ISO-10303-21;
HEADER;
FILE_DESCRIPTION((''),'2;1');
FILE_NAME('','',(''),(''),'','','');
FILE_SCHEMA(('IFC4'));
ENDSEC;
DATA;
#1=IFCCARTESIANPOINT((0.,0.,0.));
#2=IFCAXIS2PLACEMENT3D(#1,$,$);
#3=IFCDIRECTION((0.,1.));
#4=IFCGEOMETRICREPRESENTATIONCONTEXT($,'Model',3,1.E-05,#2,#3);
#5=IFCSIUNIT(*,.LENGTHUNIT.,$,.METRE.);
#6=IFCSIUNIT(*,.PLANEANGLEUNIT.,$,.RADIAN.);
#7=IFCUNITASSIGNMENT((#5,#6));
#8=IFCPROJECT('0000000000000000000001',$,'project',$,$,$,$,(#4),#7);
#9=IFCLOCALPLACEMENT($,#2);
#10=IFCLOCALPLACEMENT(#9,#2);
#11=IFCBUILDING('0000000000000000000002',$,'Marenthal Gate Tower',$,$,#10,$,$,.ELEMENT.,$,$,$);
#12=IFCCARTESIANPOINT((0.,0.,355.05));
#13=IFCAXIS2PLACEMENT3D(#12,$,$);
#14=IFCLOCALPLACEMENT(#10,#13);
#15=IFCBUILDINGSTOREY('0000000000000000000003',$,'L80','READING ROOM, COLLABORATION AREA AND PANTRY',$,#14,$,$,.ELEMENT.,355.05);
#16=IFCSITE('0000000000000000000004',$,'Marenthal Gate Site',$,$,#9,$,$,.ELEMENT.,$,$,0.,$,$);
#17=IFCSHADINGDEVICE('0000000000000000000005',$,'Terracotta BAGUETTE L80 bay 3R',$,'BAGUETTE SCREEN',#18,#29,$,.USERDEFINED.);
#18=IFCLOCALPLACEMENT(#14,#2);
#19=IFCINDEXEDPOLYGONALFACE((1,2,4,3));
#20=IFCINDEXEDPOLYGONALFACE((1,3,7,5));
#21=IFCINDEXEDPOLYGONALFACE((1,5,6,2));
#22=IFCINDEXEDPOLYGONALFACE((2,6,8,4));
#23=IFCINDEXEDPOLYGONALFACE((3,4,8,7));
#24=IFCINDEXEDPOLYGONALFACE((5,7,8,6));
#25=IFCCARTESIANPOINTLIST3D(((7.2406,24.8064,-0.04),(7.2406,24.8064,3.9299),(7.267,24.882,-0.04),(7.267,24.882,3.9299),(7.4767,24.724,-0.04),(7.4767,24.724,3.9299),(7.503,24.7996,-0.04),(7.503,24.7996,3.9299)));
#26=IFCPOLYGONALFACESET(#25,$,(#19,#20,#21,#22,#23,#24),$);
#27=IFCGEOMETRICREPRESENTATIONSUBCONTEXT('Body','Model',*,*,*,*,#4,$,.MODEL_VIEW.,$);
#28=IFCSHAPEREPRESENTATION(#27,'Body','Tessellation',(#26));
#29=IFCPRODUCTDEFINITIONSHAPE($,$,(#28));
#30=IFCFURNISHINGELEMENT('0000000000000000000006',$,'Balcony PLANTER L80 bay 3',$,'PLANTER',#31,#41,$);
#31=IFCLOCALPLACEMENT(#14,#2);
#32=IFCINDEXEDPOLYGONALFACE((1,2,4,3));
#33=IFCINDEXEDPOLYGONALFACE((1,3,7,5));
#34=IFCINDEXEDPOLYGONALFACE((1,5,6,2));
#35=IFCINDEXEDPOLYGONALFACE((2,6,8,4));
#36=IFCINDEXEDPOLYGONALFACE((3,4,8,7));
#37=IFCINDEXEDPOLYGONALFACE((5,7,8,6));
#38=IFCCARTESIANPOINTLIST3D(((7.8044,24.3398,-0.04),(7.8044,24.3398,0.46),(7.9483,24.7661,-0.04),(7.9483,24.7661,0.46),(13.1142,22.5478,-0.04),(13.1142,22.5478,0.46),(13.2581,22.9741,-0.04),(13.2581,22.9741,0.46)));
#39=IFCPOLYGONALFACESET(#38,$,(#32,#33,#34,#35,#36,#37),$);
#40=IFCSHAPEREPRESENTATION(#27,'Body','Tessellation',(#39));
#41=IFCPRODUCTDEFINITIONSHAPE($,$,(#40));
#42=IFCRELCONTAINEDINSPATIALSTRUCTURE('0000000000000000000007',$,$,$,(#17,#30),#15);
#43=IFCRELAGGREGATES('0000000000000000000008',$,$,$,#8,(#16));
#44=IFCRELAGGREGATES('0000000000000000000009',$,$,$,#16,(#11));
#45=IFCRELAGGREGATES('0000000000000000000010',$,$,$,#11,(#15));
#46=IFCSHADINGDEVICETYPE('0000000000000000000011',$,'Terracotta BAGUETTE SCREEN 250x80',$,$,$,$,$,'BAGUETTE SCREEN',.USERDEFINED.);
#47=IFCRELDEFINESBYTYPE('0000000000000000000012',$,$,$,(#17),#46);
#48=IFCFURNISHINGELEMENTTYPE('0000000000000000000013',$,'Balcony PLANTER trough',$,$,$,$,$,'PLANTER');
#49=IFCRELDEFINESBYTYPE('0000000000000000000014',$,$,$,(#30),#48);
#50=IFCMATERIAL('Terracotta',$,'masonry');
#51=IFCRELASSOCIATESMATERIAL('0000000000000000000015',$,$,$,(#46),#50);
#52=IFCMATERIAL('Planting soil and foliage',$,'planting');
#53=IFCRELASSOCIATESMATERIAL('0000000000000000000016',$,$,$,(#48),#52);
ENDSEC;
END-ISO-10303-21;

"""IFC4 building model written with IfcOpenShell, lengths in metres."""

from ifc_helpers import new_model, si_unit, direction, frame, origin, origin_2d, place, context, subcontext, project, spatial, rectangle, extrude, material, material_profile, profile_set, type_object, element, save


model = new_model("IFC4")

# Units and contexts
model_context = context("Model", 3, precision=1e-05, world=origin(), true_north=direction((0.0, 1.0)))
body_context = subcontext(model_context, "Body", "Model", "MODEL_VIEW")
ifc_project = project(units=[si_unit("LENGTHUNIT", "METRE"), si_unit("PLANEANGLEUNIT", "RADIAN")], contexts=[model_context])

# Site, building, storey
site_placement = place(None, origin())
site = spatial("IfcSite", under=ifc_project, at=site_placement, Name="Marenthal Gate Site", CompositionType="ELEMENT", RefElevation=0.0)
building_placement = place(site_placement, origin())
building = spatial("IfcBuilding", under=site, at=building_placement, Name="Marenthal Gate Tower", CompositionType="ELEMENT")
storey_placement = place(building_placement, frame((0.0, 0.0, 355.05)))
storey = spatial("IfcBuildingStorey", under=building, at=storey_placement, Name="L80", Description="READING ROOM, COLLABORATION AREA AND PANTRY", CompositionType="ELEMENT", Elevation=355.05)

# Shading device
ifc_material_1 = material(Name="Terracotta", Category="masonry")
ifc_material_profile_1 = material_profile(ifc_material_1, rectangle(XDim=0.25, YDim=0.0801, at=origin_2d()), Name="Terracotta baguette 250x80")
ifc_profile_set_1 = profile_set([ifc_material_profile_1], Name="Terracotta")
shading_device_type = type_object("IfcShadingDeviceType", Name="Terracotta BAGUETTE SCREEN 250x80", ElementType="BAGUETTE SCREEN", PredefinedType="USERDEFINED", material=ifc_profile_set_1)
shading_device_placement = place(storey_placement, frame((7.3718, 24.803, -0.04), z_axis=(0.0, 0.0, 1.0), x_axis=(-0.944152, 0.32951, 0.0)))
element("IfcShadingDevice", 1, at=shading_device_placement, inside=storey, type_object=shading_device_type, Name="Terracotta BAGUETTE L80 bay 3R", ObjectType="BAGUETTE SCREEN", PredefinedType="USERDEFINED", context=body_context, shape_type="SweptSolid", body=[
    extrude(rectangle(XDim=0.25, YDim=0.0801, at=origin_2d()), origin(), (0.0, 0.0, 1.0), 3.97),
])

# Furnishing element
ifc_material_2 = material(Name="Planting soil and foliage", Category="planting")
furnishing_element_type = type_object("IfcFurnishingElementType", Name="Balcony PLANTER trough", ElementType="PLANTER", material=ifc_material_2)
furnishing_placement = place(storey_placement, frame((10.5312, 23.657, -0.04), z_axis=(0.0, 0.0, 1.0), x_axis=(-0.947495, 0.31977, 0.0)))
element("IfcFurnishingElement", 2, at=furnishing_placement, inside=storey, type_object=furnishing_element_type, Name="Balcony PLANTER L80 bay 3", ObjectType="PLANTER", context=body_context, shape_type="SweptSolid", body=[
    extrude(rectangle(XDim=5.604, YDim=0.45, at=origin_2d()), origin(), (0.0, 0.0, 1.0), 0.5),
])

save(model, "model.ifc")
